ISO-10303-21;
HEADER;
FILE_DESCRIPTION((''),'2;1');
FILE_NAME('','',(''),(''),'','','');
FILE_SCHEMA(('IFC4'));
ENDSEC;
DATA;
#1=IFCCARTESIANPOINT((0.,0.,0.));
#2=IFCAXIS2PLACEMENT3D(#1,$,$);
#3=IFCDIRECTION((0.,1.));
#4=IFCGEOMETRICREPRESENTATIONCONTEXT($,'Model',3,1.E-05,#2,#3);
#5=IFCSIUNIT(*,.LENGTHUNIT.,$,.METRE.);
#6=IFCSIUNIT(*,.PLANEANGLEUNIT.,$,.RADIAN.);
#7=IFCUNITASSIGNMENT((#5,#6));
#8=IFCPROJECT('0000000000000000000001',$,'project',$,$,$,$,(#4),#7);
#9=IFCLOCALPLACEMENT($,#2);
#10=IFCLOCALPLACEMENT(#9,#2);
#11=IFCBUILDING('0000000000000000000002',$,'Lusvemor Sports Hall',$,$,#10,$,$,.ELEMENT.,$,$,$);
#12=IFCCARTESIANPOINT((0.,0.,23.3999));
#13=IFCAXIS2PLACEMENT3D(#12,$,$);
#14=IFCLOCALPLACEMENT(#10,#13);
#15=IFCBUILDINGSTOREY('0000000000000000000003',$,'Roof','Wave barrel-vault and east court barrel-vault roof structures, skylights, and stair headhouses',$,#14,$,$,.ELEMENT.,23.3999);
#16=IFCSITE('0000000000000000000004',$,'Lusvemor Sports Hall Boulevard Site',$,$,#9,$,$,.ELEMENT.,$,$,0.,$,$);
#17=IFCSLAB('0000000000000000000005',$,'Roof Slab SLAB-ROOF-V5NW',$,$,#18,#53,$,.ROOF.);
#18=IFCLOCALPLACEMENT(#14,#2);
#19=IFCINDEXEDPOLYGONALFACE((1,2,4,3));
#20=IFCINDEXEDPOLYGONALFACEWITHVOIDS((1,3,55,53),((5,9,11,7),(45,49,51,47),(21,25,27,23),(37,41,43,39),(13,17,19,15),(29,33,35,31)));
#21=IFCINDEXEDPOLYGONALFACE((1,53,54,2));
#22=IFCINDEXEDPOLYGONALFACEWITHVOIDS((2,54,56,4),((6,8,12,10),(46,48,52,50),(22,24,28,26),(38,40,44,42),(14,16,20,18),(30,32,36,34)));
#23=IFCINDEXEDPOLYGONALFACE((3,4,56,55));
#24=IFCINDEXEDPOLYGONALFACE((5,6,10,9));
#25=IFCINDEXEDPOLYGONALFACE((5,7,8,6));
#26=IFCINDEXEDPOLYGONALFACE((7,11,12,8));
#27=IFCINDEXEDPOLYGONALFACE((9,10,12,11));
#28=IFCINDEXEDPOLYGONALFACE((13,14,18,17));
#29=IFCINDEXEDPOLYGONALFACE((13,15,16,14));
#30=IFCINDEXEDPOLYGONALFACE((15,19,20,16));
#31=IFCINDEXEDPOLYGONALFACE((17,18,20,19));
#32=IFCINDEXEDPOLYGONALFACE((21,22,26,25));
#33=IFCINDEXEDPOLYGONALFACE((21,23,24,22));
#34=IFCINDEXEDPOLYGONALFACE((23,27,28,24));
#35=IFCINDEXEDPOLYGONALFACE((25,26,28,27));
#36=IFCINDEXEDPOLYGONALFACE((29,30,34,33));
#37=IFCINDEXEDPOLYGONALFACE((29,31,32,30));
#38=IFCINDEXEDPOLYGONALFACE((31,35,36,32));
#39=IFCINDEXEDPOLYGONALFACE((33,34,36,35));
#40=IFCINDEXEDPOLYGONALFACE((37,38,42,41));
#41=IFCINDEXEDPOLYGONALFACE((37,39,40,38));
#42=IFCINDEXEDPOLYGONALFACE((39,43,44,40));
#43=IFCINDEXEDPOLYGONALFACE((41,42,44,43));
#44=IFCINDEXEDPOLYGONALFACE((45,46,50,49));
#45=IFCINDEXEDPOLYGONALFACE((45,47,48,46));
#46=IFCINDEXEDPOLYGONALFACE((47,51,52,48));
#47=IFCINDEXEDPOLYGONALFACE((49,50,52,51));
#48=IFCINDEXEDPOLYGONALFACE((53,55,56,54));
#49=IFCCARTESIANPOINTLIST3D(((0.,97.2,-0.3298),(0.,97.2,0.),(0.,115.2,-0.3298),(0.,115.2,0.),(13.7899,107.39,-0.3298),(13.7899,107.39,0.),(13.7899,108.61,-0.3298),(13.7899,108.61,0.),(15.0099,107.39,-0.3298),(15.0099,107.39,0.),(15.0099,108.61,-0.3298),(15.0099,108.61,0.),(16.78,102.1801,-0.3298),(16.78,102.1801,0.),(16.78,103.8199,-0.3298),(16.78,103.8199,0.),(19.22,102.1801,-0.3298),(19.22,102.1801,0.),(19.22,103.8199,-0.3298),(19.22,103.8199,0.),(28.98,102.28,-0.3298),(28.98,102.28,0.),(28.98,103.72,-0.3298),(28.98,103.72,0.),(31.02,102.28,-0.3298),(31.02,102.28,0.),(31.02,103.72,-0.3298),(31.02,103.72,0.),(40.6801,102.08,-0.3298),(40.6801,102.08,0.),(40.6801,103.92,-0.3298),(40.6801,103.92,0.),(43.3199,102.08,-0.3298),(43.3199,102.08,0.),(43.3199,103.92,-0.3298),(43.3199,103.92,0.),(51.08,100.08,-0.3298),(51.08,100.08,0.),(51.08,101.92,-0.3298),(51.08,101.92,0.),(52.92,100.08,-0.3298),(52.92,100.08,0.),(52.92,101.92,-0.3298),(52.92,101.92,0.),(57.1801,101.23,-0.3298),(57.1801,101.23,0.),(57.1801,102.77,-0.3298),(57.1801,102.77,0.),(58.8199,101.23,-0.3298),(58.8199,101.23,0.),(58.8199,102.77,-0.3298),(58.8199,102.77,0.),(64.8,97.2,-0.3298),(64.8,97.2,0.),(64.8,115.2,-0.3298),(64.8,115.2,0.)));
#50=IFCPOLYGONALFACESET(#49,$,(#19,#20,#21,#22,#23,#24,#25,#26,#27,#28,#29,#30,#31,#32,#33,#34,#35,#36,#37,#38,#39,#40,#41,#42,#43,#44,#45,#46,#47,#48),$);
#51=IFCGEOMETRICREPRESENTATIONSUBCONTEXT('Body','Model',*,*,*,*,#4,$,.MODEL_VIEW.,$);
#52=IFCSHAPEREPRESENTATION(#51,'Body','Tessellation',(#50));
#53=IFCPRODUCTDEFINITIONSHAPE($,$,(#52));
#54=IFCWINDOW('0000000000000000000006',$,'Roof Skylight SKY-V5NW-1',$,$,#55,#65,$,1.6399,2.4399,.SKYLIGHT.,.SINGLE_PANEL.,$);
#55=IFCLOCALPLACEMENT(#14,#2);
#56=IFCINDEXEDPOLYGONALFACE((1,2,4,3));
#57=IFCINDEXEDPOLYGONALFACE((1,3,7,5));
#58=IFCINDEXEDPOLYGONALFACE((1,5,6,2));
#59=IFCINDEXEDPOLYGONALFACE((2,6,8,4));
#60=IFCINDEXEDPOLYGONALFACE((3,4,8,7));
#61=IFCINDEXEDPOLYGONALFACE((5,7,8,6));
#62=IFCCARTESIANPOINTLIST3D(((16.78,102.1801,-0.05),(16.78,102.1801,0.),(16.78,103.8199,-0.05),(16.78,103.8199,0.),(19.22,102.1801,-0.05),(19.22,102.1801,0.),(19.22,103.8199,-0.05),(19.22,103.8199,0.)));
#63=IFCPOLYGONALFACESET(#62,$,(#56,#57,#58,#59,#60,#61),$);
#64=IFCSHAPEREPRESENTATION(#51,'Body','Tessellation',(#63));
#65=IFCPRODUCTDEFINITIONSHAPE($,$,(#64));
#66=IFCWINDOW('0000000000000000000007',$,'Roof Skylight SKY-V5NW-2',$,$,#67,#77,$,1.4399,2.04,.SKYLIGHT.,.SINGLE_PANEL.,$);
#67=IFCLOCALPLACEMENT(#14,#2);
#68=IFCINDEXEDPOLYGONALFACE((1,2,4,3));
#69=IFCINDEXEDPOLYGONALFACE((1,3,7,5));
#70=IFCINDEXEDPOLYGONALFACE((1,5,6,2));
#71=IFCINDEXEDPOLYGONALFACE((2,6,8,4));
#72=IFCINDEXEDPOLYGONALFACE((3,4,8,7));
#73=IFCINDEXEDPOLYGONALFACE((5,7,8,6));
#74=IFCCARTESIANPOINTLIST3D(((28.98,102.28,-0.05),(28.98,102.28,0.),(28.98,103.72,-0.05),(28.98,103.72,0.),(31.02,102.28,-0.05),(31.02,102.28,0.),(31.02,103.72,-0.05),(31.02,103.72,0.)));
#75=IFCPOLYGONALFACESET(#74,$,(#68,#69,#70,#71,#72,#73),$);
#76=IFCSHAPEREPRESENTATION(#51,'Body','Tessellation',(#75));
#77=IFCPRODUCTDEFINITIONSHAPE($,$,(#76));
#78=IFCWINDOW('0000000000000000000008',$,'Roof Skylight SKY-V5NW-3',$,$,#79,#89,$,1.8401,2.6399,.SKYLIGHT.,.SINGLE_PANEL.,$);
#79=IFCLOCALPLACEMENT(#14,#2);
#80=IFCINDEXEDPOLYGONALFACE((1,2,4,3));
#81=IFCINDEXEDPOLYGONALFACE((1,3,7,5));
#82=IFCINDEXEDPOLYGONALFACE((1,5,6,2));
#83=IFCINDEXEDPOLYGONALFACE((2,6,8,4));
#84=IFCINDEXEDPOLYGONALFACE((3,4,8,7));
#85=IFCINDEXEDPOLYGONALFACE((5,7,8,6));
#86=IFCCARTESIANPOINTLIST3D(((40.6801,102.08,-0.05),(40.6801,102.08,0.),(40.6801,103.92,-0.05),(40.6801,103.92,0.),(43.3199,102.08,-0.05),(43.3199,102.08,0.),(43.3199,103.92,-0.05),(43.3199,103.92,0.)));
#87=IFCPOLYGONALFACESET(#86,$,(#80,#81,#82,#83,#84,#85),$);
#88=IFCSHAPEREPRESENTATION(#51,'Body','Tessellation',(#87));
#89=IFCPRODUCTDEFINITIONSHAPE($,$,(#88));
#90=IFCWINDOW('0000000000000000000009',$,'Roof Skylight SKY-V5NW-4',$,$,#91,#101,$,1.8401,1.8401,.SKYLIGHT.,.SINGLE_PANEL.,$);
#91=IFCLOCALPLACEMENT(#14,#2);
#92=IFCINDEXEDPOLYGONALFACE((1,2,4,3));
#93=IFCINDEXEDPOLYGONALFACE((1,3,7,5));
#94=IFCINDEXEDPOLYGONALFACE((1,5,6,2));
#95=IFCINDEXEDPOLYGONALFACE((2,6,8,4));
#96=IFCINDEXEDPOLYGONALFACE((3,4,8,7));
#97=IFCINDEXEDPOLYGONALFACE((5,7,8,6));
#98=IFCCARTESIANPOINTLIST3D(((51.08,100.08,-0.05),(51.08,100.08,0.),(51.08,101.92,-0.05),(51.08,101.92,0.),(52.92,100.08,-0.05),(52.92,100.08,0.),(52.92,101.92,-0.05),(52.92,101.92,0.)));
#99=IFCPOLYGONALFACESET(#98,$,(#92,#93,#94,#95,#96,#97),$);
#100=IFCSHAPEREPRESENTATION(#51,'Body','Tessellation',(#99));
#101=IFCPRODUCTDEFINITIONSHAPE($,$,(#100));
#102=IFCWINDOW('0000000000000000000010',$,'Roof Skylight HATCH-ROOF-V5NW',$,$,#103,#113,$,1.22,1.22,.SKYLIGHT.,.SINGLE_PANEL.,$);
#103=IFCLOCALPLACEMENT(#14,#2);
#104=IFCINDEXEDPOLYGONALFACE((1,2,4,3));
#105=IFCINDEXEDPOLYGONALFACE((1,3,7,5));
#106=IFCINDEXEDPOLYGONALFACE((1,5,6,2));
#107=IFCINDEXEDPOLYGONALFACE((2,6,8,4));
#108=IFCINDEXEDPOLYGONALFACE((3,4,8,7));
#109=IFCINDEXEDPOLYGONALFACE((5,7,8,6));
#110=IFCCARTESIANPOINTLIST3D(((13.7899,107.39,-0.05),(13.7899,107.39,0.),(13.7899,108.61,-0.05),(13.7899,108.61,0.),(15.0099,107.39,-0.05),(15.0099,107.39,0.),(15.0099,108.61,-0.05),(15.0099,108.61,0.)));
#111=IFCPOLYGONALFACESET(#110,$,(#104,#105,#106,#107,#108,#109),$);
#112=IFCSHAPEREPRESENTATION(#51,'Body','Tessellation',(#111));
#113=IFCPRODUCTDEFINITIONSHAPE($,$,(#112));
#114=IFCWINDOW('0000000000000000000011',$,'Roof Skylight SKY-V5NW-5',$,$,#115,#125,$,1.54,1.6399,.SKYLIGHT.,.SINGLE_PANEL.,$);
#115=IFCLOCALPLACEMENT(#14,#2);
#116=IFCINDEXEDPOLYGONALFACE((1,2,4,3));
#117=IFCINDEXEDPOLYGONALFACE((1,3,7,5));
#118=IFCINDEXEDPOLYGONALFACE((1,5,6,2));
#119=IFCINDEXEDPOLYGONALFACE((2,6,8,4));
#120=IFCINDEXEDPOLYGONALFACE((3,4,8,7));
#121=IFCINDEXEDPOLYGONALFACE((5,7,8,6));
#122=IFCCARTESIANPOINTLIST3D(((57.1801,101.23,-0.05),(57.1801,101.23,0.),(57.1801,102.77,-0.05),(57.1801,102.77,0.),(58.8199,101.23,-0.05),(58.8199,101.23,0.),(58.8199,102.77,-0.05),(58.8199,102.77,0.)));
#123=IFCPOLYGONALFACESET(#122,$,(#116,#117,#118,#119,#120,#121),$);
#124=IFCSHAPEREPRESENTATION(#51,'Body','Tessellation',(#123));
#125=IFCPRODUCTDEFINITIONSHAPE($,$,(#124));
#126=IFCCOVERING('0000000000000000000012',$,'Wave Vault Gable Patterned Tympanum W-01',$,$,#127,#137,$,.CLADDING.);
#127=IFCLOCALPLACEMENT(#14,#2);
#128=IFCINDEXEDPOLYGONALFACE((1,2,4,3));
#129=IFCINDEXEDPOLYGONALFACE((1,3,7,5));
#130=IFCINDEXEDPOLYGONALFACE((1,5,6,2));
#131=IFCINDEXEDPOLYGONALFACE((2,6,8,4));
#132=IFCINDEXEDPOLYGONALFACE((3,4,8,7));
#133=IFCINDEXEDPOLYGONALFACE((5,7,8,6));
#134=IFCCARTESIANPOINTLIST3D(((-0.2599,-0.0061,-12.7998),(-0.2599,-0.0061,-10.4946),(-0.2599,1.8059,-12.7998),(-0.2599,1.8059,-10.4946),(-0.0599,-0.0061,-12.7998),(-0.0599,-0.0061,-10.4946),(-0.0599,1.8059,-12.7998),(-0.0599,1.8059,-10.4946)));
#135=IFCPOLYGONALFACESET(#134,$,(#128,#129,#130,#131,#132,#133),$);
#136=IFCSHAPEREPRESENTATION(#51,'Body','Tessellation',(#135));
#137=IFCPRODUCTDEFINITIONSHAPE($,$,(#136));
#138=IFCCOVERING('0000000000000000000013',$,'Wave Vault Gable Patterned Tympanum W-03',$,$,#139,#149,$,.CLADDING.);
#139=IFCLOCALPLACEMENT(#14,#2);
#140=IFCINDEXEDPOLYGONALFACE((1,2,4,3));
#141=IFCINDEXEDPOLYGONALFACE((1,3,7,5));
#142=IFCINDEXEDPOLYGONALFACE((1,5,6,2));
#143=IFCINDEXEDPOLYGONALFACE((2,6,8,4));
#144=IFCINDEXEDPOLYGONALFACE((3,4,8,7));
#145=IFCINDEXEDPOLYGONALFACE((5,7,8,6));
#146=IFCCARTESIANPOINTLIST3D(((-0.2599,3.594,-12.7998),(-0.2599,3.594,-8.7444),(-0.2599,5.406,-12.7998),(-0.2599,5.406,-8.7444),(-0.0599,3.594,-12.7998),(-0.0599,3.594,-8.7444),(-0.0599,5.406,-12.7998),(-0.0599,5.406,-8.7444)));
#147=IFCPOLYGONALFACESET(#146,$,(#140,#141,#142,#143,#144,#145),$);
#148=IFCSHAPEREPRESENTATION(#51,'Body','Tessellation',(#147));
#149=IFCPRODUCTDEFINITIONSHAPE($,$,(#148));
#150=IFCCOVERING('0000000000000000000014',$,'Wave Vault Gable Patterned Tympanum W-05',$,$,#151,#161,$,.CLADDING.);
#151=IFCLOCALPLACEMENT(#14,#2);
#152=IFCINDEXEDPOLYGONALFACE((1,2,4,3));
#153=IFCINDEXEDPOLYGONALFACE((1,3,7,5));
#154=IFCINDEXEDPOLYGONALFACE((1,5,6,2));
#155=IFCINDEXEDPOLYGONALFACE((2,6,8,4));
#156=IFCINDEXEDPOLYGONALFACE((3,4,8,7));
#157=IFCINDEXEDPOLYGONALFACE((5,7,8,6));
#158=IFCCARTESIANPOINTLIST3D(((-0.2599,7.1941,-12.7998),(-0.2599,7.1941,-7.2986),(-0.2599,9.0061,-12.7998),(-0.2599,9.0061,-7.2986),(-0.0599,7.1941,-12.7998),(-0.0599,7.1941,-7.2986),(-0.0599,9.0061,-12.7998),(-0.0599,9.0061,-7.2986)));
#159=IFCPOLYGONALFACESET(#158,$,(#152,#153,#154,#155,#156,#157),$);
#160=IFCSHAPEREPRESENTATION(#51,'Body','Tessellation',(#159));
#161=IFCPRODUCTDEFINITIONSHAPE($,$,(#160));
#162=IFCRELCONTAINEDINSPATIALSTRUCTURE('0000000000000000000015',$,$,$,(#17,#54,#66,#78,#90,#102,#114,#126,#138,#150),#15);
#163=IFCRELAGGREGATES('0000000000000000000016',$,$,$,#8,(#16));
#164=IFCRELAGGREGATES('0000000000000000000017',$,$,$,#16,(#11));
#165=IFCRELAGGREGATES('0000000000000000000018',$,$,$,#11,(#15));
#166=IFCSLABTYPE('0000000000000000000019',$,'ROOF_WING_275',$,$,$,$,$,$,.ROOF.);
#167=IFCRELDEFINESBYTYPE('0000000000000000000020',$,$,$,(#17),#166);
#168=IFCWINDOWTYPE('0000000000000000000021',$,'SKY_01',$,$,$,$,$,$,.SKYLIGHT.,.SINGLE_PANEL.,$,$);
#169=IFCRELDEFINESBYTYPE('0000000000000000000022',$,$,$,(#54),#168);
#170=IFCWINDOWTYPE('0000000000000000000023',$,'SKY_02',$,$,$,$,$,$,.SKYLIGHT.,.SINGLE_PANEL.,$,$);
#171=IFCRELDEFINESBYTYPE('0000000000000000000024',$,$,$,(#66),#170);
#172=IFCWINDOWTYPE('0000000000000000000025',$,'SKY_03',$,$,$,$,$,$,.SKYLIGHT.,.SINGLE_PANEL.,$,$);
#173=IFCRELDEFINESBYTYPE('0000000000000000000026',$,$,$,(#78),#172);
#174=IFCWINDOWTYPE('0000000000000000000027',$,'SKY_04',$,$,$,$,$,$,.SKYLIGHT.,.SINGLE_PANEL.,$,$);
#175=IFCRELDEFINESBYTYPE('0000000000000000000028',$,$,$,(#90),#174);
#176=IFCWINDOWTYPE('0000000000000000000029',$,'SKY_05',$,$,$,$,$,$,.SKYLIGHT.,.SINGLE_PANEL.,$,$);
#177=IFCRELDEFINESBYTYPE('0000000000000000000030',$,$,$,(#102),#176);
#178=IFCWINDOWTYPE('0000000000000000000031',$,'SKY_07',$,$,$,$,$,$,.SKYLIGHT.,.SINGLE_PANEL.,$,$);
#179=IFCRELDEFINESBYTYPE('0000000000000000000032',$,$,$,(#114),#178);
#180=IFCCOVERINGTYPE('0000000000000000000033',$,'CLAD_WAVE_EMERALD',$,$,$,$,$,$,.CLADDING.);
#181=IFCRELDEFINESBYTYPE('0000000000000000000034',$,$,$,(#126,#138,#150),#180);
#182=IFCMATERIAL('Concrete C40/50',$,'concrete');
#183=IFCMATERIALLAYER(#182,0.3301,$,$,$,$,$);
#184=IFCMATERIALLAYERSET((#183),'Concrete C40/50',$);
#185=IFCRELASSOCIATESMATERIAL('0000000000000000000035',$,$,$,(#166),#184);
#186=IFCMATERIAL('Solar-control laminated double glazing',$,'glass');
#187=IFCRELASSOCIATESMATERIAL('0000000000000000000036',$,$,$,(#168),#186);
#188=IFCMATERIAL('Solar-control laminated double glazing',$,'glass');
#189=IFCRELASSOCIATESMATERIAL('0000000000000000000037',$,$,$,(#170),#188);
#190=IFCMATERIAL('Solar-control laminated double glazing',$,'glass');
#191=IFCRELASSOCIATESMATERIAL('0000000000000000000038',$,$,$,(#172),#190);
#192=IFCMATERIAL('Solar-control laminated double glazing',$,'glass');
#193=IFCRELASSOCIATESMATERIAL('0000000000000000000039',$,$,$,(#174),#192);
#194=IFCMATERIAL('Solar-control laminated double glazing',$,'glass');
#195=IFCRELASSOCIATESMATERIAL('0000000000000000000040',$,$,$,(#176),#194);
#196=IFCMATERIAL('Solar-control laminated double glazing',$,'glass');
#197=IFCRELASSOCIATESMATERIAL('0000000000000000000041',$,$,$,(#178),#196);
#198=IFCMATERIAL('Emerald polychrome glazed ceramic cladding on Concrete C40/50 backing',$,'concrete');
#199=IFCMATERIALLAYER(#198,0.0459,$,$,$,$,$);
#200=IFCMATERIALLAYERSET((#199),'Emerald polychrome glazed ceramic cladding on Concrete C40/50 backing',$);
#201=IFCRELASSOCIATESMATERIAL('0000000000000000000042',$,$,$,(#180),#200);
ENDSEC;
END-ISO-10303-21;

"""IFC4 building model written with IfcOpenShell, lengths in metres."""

from ifc_helpers import new_model, si_unit, direction, frame, origin, origin_2d, place, context, subcontext, project, spatial, polyline, rectangle, outline, extrude, material, layer, layer_set, type_object, element, fill, save


model = new_model("IFC4")

# Units and contexts
model_context = context("Model", 3, precision=1e-05, world=origin(), true_north=direction((0.0, 1.0)))
body_context = subcontext(model_context, "Body", "Model", "MODEL_VIEW")
ifc_project = project(units=[si_unit("LENGTHUNIT", "METRE"), si_unit("PLANEANGLEUNIT", "RADIAN")], contexts=[model_context])

# Site, building, storey
site_placement = place(None, origin())
site = spatial("IfcSite", under=ifc_project, at=site_placement, Name="Lusvemor Sports Hall Boulevard Site", CompositionType="ELEMENT", RefElevation=0.0)
building_placement = place(site_placement, origin())
building = spatial("IfcBuilding", under=site, at=building_placement, Name="Lusvemor Sports Hall", CompositionType="ELEMENT")
storey_placement = place(building_placement, frame((0.0, 0.0, 23.3999)))
storey = spatial("IfcBuildingStorey", under=building, at=storey_placement, Name="Roof", Description="Wave barrel-vault and east court barrel-vault roof structures, skylights, and stair headhouses", CompositionType="ELEMENT", Elevation=23.3999)

# Slab, openings, windows
ifc_material_1 = material(Name="Concrete C40/50", Category="concrete")
ifc_layer_1 = layer(ifc_material_1, 0.3301)
ifc_layer_set_1 = layer_set([ifc_layer_1], Name="Concrete C40/50")
slab_type_1 = type_object("IfcSlabType", Name="ROOF_WING_275", PredefinedType="ROOF", material=ifc_layer_set_1)
slab_1_placement = place(storey_placement, frame((0.0, 0.0, -0.3298)))
slab_1 = element("IfcSlab", 1, at=slab_1_placement, inside=storey, type_object=slab_type_1, Name="Roof Slab SLAB-ROOF-V5NW", PredefinedType="ROOF", context=body_context, shape_type="SweptSolid", body=[
    extrude(outline(polyline([(0.0, 97.2), (64.8, 97.2), (64.8, 115.2), (0.0, 115.2), (0.0, 97.2)])), origin(), (0.0, 0.0, 1.0), 0.3298),
])
opening_1_placement = place(slab_1_placement, frame((14.3999, 108.0, 0.0)))
opening_1 = element("IfcOpeningElement", 2, at=opening_1_placement, cuts=slab_1, PredefinedType="OPENING", context=body_context, shape_type="SweptSolid", body=[
    extrude(rectangle(XDim=1.22, YDim=1.22, at=origin_2d()), origin(), (0.0, 0.0, 1.0), 0.3298),
])
opening_2_placement = place(slab_1_placement, frame((18.0, 103.0, 0.0)))
opening_2 = element("IfcOpeningElement", 3, at=opening_2_placement, cuts=slab_1, PredefinedType="OPENING", context=body_context, shape_type="SweptSolid", body=[
    extrude(rectangle(XDim=2.4399, YDim=1.6399, at=origin_2d()), origin(), (0.0, 0.0, 1.0), 0.3298),
])
opening_3_placement = place(slab_1_placement, frame((30.0, 103.0, 0.0)))
opening_3 = element("IfcOpeningElement", 4, at=opening_3_placement, cuts=slab_1, PredefinedType="OPENING", context=body_context, shape_type="SweptSolid", body=[
    extrude(rectangle(XDim=2.04, YDim=1.4399, at=origin_2d()), origin(), (0.0, 0.0, 1.0), 0.3298),
])
opening_4_placement = place(slab_1_placement, frame((42.0, 103.0, 0.0)))
opening_4 = element("IfcOpeningElement", 5, at=opening_4_placement, cuts=slab_1, PredefinedType="OPENING", context=body_context, shape_type="SweptSolid", body=[
    extrude(rectangle(XDim=2.6399, YDim=1.8401, at=origin_2d()), origin(), (0.0, 0.0, 1.0), 0.3298),
])
opening_5_placement = place(slab_1_placement, frame((52.0, 101.0, 0.0)))
opening_5 = element("IfcOpeningElement", 6, at=opening_5_placement, cuts=slab_1, PredefinedType="OPENING", context=body_context, shape_type="SweptSolid", body=[
    extrude(rectangle(XDim=1.8401, YDim=1.8401, at=origin_2d()), origin(), (0.0, 0.0, 1.0), 0.3298),
])
opening_6_placement = place(slab_1_placement, frame((58.0, 102.0, 0.0)))
opening_6 = element("IfcOpeningElement", 7, at=opening_6_placement, cuts=slab_1, PredefinedType="OPENING", context=body_context, shape_type="SweptSolid", body=[
    extrude(rectangle(XDim=1.6399, YDim=1.54, at=origin_2d()), origin(), (0.0, 0.0, 1.0), 0.3298),
])
ifc_material_2 = material(Name="Solar-control laminated double glazing", Category="glass")
window_type_1 = type_object("IfcWindowType", Name="SKY_01", PartitioningType="SINGLE_PANEL", PredefinedType="SKYLIGHT", material=ifc_material_2)
window_1_placement = place(opening_2_placement, frame((0.0, 0.0, 0.2798)))
window_1 = element("IfcWindow", 8, at=window_1_placement, inside=storey, type_object=window_type_1, Name="Roof Skylight SKY-V5NW-1", OverallHeight=1.6399, OverallWidth=2.4399, PartitioningType="SINGLE_PANEL", PredefinedType="SKYLIGHT", context=body_context, shape_type="SweptSolid", body=[
    extrude(rectangle(XDim=2.4399, YDim=1.6399, at=origin_2d()), origin(), (0.0, 0.0, 1.0), 0.05),
])
fill(opening_2, window_1)
ifc_material_3 = material(Name="Solar-control laminated double glazing", Category="glass")
window_type_2 = type_object("IfcWindowType", Name="SKY_02", PartitioningType="SINGLE_PANEL", PredefinedType="SKYLIGHT", material=ifc_material_3)
window_2_placement = place(opening_3_placement, frame((0.0, 0.0, 0.2798)))
window_2 = element("IfcWindow", 9, at=window_2_placement, inside=storey, type_object=window_type_2, Name="Roof Skylight SKY-V5NW-2", OverallHeight=1.4399, OverallWidth=2.04, PartitioningType="SINGLE_PANEL", PredefinedType="SKYLIGHT", context=body_context, shape_type="SweptSolid", body=[
    extrude(rectangle(XDim=2.04, YDim=1.4399, at=origin_2d()), origin(), (0.0, 0.0, 1.0), 0.05),
])
fill(opening_3, window_2)
ifc_material_4 = material(Name="Solar-control laminated double glazing", Category="glass")
window_type_3 = type_object("IfcWindowType", Name="SKY_03", PartitioningType="SINGLE_PANEL", PredefinedType="SKYLIGHT", material=ifc_material_4)
window_3_placement = place(opening_4_placement, frame((0.0, 0.0, 0.2798)))
window_3 = element("IfcWindow", 10, at=window_3_placement, inside=storey, type_object=window_type_3, Name="Roof Skylight SKY-V5NW-3", OverallHeight=1.8401, OverallWidth=2.6399, PartitioningType="SINGLE_PANEL", PredefinedType="SKYLIGHT", context=body_context, shape_type="SweptSolid", body=[
    extrude(rectangle(XDim=2.6399, YDim=1.8401, at=origin_2d()), origin(), (0.0, 0.0, 1.0), 0.05),
])
fill(opening_4, window_3)
ifc_material_5 = material(Name="Solar-control laminated double glazing", Category="glass")
window_type_4 = type_object("IfcWindowType", Name="SKY_04", PartitioningType="SINGLE_PANEL", PredefinedType="SKYLIGHT", material=ifc_material_5)
window_4_placement = place(opening_5_placement, frame((0.0, 0.0, 0.2798)))
window_4 = element("IfcWindow", 11, at=window_4_placement, inside=storey, type_object=window_type_4, Name="Roof Skylight SKY-V5NW-4", OverallHeight=1.8401, OverallWidth=1.8401, PartitioningType="SINGLE_PANEL", PredefinedType="SKYLIGHT", context=body_context, shape_type="SweptSolid", body=[
    extrude(rectangle(XDim=1.8401, YDim=1.8401, at=origin_2d()), origin(), (0.0, 0.0, 1.0), 0.05),
])
fill(opening_5, window_4)
ifc_material_6 = material(Name="Solar-control laminated double glazing", Category="glass")
window_type_5 = type_object("IfcWindowType", Name="SKY_05", PartitioningType="SINGLE_PANEL", PredefinedType="SKYLIGHT", material=ifc_material_6)
window_5_placement = place(opening_1_placement, frame((0.0, 0.0, 0.2798)))
window_5 = element("IfcWindow", 12, at=window_5_placement, inside=storey, type_object=window_type_5, Name="Roof Skylight HATCH-ROOF-V5NW", OverallHeight=1.22, OverallWidth=1.22, PartitioningType="SINGLE_PANEL", PredefinedType="SKYLIGHT", context=body_context, shape_type="SweptSolid", body=[
    extrude(rectangle(XDim=1.22, YDim=1.22, at=origin_2d()), origin(), (0.0, 0.0, 1.0), 0.05),
])
fill(opening_1, window_5)
ifc_material_7 = material(Name="Solar-control laminated double glazing", Category="glass")
window_type_6 = type_object("IfcWindowType", Name="SKY_07", PartitioningType="SINGLE_PANEL", PredefinedType="SKYLIGHT", material=ifc_material_7)
window_6_placement = place(opening_6_placement, frame((0.0, 0.0, 0.2798)))
window_6 = element("IfcWindow", 13, at=window_6_placement, inside=storey, type_object=window_type_6, Name="Roof Skylight SKY-V5NW-5", OverallHeight=1.54, OverallWidth=1.6399, PartitioningType="SINGLE_PANEL", PredefinedType="SKYLIGHT", context=body_context, shape_type="SweptSolid", body=[
    extrude(rectangle(XDim=1.6399, YDim=1.54, at=origin_2d()), origin(), (0.0, 0.0, 1.0), 0.05),
])
fill(opening_6, window_6)

# Coverings
ifc_material_8 = material(Name="Emerald polychrome glazed ceramic cladding on Concrete C40/50 backing", Category="concrete")
ifc_layer_2 = layer(ifc_material_8, 0.0459)
ifc_layer_set_2 = layer_set([ifc_layer_2], Name="Emerald polychrome glazed ceramic cladding on Concrete C40/50 backing")
covering_type_1 = type_object("IfcCoveringType", Name="CLAD_WAVE_EMERALD", PredefinedType="CLADDING", material=ifc_layer_set_2)
covering_1_placement = place(storey_placement, frame((-0.1599, 0.8999, -12.7998), z_axis=(0.0, 0.0, 1.0), x_axis=(1.0, 0.0, 0.0)))
element("IfcCovering", 14, at=covering_1_placement, inside=storey, type_object=covering_type_1, Name="Wave Vault Gable Patterned Tympanum W-01", PredefinedType="CLADDING", context=body_context, shape_type="SweptSolid", body=[
    extrude(rectangle(XDim=0.2, YDim=1.812, at=origin_2d()), origin(), (0.0, 0.0, 1.0), 2.3052),
])
covering_2_placement = place(storey_placement, frame((-0.1599, 4.5, -12.7998), z_axis=(0.0, 0.0, 1.0), x_axis=(1.0, 0.0, 0.0)))
element("IfcCovering", 15, at=covering_2_placement, inside=storey, type_object=covering_type_1, Name="Wave Vault Gable Patterned Tympanum W-03", PredefinedType="CLADDING", context=body_context, shape_type="SweptSolid", body=[
    extrude(rectangle(XDim=0.2, YDim=1.812, at=origin_2d()), origin(), (0.0, 0.0, 1.0), 4.0554),
])
covering_3_placement = place(storey_placement, frame((-0.1599, 8.1001, -12.7998), z_axis=(0.0, 0.0, 1.0), x_axis=(1.0, 0.0, 0.0)))
element("IfcCovering", 16, at=covering_3_placement, inside=storey, type_object=covering_type_1, Name="Wave Vault Gable Patterned Tympanum W-05", PredefinedType="CLADDING", context=body_context, shape_type="SweptSolid", body=[
    extrude(rectangle(XDim=0.2, YDim=1.812, at=origin_2d()), origin(), (0.0, 0.0, 1.0), 5.5012),
])

save(model, "model.ifc")
